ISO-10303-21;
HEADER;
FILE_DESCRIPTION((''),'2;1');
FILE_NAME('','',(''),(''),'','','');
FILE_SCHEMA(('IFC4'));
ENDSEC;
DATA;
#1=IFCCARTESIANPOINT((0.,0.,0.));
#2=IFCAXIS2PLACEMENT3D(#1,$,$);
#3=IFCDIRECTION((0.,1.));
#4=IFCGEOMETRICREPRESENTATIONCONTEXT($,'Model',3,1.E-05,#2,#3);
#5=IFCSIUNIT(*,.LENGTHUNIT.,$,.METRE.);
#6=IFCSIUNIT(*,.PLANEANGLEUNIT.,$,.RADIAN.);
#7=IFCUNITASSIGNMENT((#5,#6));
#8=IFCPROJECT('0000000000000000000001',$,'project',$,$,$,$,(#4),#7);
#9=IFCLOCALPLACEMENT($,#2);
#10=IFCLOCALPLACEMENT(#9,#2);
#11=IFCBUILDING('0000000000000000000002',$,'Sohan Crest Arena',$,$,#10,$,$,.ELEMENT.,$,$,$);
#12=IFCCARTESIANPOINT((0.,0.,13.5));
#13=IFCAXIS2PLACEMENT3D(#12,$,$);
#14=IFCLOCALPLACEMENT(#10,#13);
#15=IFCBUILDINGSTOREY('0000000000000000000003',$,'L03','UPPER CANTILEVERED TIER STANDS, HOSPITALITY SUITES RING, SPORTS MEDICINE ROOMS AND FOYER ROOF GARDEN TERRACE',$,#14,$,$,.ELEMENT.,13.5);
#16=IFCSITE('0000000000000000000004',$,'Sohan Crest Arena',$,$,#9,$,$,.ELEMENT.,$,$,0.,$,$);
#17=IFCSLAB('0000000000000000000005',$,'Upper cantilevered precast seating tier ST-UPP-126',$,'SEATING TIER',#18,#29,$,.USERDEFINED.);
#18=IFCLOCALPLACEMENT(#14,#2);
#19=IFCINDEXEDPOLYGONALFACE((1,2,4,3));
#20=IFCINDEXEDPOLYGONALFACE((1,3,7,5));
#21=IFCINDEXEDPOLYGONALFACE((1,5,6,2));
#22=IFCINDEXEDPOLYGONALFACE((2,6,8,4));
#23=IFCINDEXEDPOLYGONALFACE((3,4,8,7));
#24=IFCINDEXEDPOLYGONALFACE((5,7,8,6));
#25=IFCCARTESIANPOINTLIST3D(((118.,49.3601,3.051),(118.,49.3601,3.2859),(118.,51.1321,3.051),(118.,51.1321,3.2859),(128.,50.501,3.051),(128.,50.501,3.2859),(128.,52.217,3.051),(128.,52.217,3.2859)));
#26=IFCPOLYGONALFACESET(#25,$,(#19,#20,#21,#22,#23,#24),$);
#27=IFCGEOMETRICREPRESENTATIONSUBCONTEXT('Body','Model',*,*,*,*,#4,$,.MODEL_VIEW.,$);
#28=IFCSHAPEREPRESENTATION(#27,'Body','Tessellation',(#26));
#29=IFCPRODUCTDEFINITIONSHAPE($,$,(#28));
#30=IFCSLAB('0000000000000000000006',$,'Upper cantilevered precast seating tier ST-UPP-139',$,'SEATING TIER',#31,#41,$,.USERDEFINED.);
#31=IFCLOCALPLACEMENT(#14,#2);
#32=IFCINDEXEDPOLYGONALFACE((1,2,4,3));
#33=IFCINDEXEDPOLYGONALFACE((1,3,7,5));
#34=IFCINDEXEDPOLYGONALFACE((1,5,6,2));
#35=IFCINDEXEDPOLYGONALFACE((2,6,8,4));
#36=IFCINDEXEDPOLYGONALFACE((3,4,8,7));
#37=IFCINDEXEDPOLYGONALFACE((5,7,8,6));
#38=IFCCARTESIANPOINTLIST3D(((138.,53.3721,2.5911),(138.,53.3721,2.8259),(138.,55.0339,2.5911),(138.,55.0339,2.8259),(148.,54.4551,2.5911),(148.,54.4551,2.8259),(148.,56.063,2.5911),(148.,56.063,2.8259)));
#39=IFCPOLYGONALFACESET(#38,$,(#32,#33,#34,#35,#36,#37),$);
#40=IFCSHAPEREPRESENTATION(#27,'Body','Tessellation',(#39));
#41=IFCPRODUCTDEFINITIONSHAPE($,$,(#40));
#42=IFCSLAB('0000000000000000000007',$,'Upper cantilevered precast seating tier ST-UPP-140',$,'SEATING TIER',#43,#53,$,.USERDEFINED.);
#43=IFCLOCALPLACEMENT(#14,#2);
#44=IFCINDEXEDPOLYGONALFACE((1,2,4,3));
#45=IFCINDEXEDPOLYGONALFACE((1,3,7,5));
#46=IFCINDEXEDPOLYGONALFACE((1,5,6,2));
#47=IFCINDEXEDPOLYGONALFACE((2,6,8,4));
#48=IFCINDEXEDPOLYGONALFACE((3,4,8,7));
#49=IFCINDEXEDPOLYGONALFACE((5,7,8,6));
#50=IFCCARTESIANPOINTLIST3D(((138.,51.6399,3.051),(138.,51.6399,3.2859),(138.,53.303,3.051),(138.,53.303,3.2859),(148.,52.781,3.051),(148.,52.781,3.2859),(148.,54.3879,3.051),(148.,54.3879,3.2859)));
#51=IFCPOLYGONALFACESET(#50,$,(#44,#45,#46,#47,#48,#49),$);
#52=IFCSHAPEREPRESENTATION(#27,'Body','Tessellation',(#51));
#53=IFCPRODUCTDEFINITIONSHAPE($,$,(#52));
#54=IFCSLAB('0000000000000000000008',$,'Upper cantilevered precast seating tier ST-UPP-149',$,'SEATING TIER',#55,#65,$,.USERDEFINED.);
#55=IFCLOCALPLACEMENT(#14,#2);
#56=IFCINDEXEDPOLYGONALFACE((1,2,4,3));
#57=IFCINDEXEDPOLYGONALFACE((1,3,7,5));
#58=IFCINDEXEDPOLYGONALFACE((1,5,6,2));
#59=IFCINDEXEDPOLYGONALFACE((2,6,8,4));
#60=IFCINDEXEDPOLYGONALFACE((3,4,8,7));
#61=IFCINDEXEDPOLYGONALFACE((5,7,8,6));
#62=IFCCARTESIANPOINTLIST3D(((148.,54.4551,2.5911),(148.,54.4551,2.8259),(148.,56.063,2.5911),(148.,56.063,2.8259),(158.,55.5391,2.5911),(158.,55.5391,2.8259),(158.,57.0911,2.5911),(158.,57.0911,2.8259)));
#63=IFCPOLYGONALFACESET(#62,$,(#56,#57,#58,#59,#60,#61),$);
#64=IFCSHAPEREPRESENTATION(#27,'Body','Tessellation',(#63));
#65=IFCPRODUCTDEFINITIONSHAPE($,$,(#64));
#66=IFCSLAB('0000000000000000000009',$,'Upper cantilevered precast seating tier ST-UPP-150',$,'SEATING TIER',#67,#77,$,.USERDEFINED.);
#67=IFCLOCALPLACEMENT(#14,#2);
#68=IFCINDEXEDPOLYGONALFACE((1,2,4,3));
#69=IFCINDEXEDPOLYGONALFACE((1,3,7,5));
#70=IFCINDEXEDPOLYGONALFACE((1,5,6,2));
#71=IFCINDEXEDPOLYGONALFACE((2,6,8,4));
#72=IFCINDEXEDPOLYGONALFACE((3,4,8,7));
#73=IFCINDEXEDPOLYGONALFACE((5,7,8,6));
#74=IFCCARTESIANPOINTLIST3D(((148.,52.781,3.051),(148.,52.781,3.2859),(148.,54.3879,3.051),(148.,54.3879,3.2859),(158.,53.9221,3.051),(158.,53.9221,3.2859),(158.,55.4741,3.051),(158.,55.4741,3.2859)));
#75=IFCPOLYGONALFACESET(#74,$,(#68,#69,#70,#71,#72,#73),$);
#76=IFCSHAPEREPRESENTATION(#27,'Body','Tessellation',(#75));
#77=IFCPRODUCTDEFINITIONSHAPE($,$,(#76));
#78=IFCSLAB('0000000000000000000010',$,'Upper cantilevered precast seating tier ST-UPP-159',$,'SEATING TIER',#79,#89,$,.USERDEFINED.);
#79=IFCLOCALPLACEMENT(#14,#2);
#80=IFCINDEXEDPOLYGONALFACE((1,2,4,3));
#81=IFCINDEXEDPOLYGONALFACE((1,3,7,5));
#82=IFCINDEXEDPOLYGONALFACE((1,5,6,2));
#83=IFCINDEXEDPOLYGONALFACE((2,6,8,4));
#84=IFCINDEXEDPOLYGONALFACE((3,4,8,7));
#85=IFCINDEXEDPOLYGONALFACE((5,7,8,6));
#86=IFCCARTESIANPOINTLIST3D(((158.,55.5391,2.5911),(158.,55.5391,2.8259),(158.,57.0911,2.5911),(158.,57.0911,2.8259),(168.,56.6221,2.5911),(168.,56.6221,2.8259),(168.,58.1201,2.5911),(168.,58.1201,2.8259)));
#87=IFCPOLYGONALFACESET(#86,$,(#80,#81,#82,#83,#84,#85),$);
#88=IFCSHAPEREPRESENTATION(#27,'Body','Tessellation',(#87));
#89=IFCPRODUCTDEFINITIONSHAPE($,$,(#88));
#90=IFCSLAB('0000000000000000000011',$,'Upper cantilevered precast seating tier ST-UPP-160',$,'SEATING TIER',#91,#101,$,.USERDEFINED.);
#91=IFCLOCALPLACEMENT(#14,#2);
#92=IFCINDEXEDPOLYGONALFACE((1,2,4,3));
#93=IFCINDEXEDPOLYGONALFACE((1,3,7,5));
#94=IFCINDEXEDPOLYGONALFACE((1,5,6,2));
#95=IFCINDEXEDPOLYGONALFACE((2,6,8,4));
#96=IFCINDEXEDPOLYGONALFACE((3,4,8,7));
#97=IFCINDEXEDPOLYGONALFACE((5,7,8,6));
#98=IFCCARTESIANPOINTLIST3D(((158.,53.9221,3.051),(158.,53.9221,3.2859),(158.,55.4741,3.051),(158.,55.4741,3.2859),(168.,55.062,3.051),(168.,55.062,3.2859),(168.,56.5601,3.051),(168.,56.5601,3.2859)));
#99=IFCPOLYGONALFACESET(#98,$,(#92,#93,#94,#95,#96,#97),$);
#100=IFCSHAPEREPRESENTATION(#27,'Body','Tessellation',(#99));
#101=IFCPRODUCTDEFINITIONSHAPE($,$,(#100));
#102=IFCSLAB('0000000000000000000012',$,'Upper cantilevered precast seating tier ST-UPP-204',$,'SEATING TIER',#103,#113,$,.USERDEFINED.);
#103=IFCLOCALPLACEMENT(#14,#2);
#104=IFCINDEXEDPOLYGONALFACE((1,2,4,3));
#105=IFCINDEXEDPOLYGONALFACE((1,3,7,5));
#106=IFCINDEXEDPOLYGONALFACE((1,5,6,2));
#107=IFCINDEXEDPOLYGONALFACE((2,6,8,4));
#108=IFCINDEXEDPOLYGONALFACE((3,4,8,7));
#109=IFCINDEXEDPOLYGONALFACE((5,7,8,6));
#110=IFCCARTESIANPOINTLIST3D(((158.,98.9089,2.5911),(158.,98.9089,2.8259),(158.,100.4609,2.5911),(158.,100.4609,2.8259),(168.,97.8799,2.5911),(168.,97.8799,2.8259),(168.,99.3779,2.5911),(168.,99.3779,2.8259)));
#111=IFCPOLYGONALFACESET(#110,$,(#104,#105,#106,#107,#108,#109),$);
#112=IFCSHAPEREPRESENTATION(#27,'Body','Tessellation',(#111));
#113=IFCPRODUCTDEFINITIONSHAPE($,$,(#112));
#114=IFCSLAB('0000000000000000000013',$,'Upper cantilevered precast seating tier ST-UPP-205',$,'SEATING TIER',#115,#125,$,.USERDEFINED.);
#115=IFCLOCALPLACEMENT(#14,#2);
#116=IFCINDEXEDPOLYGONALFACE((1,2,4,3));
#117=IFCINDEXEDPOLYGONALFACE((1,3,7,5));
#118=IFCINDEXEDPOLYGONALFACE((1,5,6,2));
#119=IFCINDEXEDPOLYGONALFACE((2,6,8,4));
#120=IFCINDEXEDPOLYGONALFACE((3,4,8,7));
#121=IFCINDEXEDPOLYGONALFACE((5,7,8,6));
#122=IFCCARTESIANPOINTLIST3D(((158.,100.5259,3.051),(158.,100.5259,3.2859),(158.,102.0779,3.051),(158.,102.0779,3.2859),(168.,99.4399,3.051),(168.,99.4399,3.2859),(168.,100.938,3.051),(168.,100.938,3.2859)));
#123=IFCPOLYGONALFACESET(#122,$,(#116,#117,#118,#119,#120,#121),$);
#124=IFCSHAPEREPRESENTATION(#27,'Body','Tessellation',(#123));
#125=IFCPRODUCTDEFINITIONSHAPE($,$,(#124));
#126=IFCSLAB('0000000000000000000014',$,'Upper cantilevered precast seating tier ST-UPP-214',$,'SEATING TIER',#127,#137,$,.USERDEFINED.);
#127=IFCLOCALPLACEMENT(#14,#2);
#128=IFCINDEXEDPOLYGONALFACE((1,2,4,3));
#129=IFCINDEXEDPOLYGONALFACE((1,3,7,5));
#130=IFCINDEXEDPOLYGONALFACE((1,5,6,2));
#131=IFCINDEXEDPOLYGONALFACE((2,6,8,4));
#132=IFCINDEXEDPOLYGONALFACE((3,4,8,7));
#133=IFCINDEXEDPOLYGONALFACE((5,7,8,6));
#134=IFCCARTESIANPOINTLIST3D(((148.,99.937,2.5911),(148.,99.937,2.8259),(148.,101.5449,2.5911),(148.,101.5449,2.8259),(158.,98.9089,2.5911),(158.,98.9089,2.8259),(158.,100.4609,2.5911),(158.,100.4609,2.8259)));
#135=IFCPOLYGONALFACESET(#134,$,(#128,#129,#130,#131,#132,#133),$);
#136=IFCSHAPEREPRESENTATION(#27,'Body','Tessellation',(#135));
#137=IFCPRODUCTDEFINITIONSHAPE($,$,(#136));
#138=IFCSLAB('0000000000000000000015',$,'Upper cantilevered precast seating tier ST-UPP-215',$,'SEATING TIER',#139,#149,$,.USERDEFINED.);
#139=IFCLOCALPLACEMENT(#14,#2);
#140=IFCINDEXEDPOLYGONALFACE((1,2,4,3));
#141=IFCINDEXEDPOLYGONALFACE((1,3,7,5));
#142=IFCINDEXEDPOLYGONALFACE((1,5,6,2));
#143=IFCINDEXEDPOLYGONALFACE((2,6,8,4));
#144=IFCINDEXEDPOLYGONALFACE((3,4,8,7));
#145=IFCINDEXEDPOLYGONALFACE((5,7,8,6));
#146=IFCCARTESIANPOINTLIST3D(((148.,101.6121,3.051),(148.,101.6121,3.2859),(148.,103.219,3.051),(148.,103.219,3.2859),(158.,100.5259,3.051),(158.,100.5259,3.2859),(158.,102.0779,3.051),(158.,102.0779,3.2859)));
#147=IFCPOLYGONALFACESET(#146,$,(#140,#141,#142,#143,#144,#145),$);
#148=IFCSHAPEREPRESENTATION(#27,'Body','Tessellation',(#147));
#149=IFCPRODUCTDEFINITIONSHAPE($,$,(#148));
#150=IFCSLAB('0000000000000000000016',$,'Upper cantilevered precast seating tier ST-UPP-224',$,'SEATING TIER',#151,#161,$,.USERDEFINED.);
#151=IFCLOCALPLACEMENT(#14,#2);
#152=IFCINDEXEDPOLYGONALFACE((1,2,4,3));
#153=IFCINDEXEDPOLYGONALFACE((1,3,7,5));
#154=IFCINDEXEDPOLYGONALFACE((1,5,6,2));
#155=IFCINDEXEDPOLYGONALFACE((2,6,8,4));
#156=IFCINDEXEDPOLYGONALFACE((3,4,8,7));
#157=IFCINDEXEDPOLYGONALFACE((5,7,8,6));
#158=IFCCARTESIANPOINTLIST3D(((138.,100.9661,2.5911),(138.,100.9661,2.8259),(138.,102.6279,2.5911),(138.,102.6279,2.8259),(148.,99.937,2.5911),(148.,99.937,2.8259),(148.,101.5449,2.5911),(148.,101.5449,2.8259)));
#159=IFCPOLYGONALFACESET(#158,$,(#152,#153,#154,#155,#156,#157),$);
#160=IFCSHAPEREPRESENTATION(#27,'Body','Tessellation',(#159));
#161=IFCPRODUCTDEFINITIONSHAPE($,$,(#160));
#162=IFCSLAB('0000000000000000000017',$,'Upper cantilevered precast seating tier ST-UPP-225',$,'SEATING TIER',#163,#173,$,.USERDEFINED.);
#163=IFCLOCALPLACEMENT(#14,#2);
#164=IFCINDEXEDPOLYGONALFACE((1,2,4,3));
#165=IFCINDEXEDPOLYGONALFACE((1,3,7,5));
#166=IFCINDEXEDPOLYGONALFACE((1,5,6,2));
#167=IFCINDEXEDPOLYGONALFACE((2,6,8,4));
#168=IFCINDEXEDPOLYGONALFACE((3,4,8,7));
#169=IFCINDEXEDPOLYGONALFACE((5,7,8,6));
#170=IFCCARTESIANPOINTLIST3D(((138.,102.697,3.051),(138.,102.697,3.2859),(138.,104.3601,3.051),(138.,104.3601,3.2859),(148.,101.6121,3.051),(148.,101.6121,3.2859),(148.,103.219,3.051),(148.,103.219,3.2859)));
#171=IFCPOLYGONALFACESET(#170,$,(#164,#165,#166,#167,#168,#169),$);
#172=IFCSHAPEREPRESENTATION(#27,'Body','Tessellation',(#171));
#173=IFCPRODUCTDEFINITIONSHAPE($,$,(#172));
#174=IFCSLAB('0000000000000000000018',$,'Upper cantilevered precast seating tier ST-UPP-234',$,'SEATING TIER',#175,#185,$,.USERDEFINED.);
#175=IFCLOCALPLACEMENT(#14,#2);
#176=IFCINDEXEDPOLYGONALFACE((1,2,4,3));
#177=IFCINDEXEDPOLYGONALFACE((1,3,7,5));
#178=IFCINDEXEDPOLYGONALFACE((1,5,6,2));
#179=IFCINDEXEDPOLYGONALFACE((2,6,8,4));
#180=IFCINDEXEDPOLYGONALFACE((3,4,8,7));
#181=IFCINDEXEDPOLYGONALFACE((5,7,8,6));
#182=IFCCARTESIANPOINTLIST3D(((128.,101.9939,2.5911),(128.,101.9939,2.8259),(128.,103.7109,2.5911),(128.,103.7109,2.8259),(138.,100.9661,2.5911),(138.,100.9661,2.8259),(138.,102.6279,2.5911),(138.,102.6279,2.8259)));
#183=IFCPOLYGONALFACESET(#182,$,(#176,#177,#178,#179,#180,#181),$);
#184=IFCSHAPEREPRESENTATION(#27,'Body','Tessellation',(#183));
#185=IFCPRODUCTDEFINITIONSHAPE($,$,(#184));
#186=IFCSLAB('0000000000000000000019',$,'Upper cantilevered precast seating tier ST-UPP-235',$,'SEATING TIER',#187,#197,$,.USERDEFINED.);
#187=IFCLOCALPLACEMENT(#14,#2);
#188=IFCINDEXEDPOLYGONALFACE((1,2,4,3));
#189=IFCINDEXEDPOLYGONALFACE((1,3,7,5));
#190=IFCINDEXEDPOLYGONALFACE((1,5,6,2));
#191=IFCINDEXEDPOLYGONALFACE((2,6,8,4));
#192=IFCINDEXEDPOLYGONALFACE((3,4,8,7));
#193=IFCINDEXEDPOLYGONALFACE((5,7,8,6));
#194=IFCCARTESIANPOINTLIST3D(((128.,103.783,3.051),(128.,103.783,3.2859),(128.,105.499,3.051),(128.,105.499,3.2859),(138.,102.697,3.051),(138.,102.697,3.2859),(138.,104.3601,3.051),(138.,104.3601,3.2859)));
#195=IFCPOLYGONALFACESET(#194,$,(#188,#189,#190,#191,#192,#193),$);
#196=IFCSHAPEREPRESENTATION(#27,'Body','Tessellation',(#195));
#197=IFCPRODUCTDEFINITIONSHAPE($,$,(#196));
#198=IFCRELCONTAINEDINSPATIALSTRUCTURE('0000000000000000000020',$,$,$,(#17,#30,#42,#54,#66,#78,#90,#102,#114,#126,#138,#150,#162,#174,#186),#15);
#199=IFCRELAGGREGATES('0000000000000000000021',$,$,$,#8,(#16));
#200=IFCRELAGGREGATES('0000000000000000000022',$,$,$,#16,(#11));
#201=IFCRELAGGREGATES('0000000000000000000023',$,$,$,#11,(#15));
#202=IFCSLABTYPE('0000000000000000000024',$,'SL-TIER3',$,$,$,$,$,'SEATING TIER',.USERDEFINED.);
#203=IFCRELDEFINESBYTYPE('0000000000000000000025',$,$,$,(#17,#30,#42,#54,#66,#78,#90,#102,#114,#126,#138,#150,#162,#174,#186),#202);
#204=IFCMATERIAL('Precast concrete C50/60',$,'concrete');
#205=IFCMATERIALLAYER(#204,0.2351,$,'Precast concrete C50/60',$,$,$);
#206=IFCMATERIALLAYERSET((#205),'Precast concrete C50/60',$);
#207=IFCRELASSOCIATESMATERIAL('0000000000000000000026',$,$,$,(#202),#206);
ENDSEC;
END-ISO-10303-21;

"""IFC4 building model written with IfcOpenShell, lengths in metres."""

from ifc_helpers import new_model, si_unit, direction, frame, origin, place, context, subcontext, project, spatial, polyline, outline, extrude, material, layer, layer_set, type_object, element, save


model = new_model("IFC4")

# Units and contexts
model_context = context("Model", 3, precision=1e-05, world=origin(), true_north=direction((0.0, 1.0)))
body_context = subcontext(model_context, "Body", "Model", "MODEL_VIEW")
ifc_project = project(units=[si_unit("LENGTHUNIT", "METRE"), si_unit("PLANEANGLEUNIT", "RADIAN")], contexts=[model_context])

# Site, building, storey
site_placement = place(None, origin())
site = spatial("IfcSite", under=ifc_project, at=site_placement, Name="Sohan Crest Arena", CompositionType="ELEMENT", RefElevation=0.0)
building_placement = place(site_placement, origin())
building = spatial("IfcBuilding", under=site, at=building_placement, Name="Sohan Crest Arena", CompositionType="ELEMENT")
storey_placement = place(building_placement, frame((0.0, 0.0, 13.5)))
storey = spatial("IfcBuildingStorey", under=building, at=storey_placement, Name="L03", Description="UPPER CANTILEVERED TIER STANDS, HOSPITALITY SUITES RING, SPORTS MEDICINE ROOMS AND FOYER ROOF GARDEN TERRACE", CompositionType="ELEMENT", Elevation=13.5)

# Slabs
ifc_material_1 = material(Name="Precast concrete C50/60", Category="concrete")
ifc_layer_1 = layer(ifc_material_1, 0.2351, Name="Precast concrete C50/60")
ifc_layer_set_1 = layer_set([ifc_layer_1], Name="Precast concrete C50/60")
slab_type_1 = type_object("IfcSlabType", Name="SL-TIER3", ElementType="SEATING TIER", PredefinedType="USERDEFINED", material=ifc_layer_set_1)
slab_1_placement = place(storey_placement, frame((0.0, 0.0, 3.051)))
element("IfcSlab", 1, at=slab_1_placement, inside=storey, type_object=slab_type_1, Name="Upper cantilevered precast seating tier ST-UPP-126", ObjectType="SEATING TIER", PredefinedType="USERDEFINED", context=body_context, shape_type="SweptSolid", body=[
    extrude(outline(polyline([(118.0, 51.1321), (128.0, 52.217), (128.0, 50.501), (118.0, 49.3601), (118.0, 51.1321)])), origin(), (0.0, 0.0, 1.0), 0.2349),
])
slab_2_placement = place(storey_placement, frame((0.0, 0.0, 2.5911)))
element("IfcSlab", 2, at=slab_2_placement, inside=storey, type_object=slab_type_1, Name="Upper cantilevered precast seating tier ST-UPP-139", ObjectType="SEATING TIER", PredefinedType="USERDEFINED", context=body_context, shape_type="SweptSolid", body=[
    extrude(outline(polyline([(138.0, 55.0339), (148.0, 56.063), (148.0, 54.4551), (138.0, 53.3721), (138.0, 55.0339)])), origin(), (0.0, 0.0, 1.0), 0.2349),
])
slab_3_placement = place(storey_placement, frame((0.0, 0.0, 3.051)))
element("IfcSlab", 3, at=slab_3_placement, inside=storey, type_object=slab_type_1, Name="Upper cantilevered precast seating tier ST-UPP-140", ObjectType="SEATING TIER", PredefinedType="USERDEFINED", context=body_context, shape_type="SweptSolid", body=[
    extrude(outline(polyline([(138.0, 53.303), (148.0, 54.3879), (148.0, 52.781), (138.0, 51.6399), (138.0, 53.303)])), origin(), (0.0, 0.0, 1.0), 0.2349),
])
slab_4_placement = place(storey_placement, frame((0.0, 0.0, 2.5911)))
element("IfcSlab", 4, at=slab_4_placement, inside=storey, type_object=slab_type_1, Name="Upper cantilevered precast seating tier ST-UPP-149", ObjectType="SEATING TIER", PredefinedType="USERDEFINED", context=body_context, shape_type="SweptSolid", body=[
    extrude(outline(polyline([(148.0, 56.063), (158.0, 57.0911), (158.0, 55.5391), (148.0, 54.4551), (148.0, 56.063)])), origin(), (0.0, 0.0, 1.0), 0.2349),
])
slab_5_placement = place(storey_placement, frame((0.0, 0.0, 3.051)))
element("IfcSlab", 5, at=slab_5_placement, inside=storey, type_object=slab_type_1, Name="Upper cantilevered precast seating tier ST-UPP-150", ObjectType="SEATING TIER", PredefinedType="USERDEFINED", context=body_context, shape_type="SweptSolid", body=[
    extrude(outline(polyline([(148.0, 54.3879), (158.0, 55.4741), (158.0, 53.9221), (148.0, 52.781), (148.0, 54.3879)])), origin(), (0.0, 0.0, 1.0), 0.2349),
])
slab_6_placement = place(storey_placement, frame((0.0, 0.0, 2.5911)))
element("IfcSlab", 6, at=slab_6_placement, inside=storey, type_object=slab_type_1, Name="Upper cantilevered precast seating tier ST-UPP-159", ObjectType="SEATING TIER", PredefinedType="USERDEFINED", context=body_context, shape_type="SweptSolid", body=[
    extrude(outline(polyline([(158.0, 57.0911), (168.0, 58.1201), (168.0, 56.6221), (158.0, 55.5391), (158.0, 57.0911)])), origin(), (0.0, 0.0, 1.0), 0.2349),
])
slab_7_placement = place(storey_placement, frame((0.0, 0.0, 3.051)))
element("IfcSlab", 7, at=slab_7_placement, inside=storey, type_object=slab_type_1, Name="Upper cantilevered precast seating tier ST-UPP-160", ObjectType="SEATING TIER", PredefinedType="USERDEFINED", context=body_context, shape_type="SweptSolid", body=[
    extrude(outline(polyline([(158.0, 55.4741), (168.0, 56.5601), (168.0, 55.062), (158.0, 53.9221), (158.0, 55.4741)])), origin(), (0.0, 0.0, 1.0), 0.2349),
])
slab_8_placement = place(storey_placement, frame((0.0, 0.0, 2.5911)))
element("IfcSlab", 8, at=slab_8_placement, inside=storey, type_object=slab_type_1, Name="Upper cantilevered precast seating tier ST-UPP-204", ObjectType="SEATING TIER", PredefinedType="USERDEFINED", context=body_context, shape_type="SweptSolid", body=[
    extrude(outline(polyline([(168.0, 97.8799), (158.0, 98.9089), (158.0, 100.4609), (168.0, 99.3779), (168.0, 97.8799)])), origin(), (0.0, 0.0, 1.0), 0.2349),
])
slab_9_placement = place(storey_placement, frame((0.0, 0.0, 3.051)))
element("IfcSlab", 9, at=slab_9_placement, inside=storey, type_object=slab_type_1, Name="Upper cantilevered precast seating tier ST-UPP-205", ObjectType="SEATING TIER", PredefinedType="USERDEFINED", context=body_context, shape_type="SweptSolid", body=[
    extrude(outline(polyline([(168.0, 99.4399), (158.0, 100.5259), (158.0, 102.0779), (168.0, 100.938), (168.0, 99.4399)])), origin(), (0.0, 0.0, 1.0), 0.2349),
])
slab_10_placement = place(storey_placement, frame((0.0, 0.0, 2.5911)))
element("IfcSlab", 10, at=slab_10_placement, inside=storey, type_object=slab_type_1, Name="Upper cantilevered precast seating tier ST-UPP-214", ObjectType="SEATING TIER", PredefinedType="USERDEFINED", context=body_context, shape_type="SweptSolid", body=[
    extrude(outline(polyline([(158.0, 98.9089), (148.0, 99.937), (148.0, 101.5449), (158.0, 100.4609), (158.0, 98.9089)])), origin(), (0.0, 0.0, 1.0), 0.2349),
])
slab_11_placement = place(storey_placement, frame((0.0, 0.0, 3.051)))
element("IfcSlab", 11, at=slab_11_placement, inside=storey, type_object=slab_type_1, Name="Upper cantilevered precast seating tier ST-UPP-215", ObjectType="SEATING TIER", PredefinedType="USERDEFINED", context=body_context, shape_type="SweptSolid", body=[
    extrude(outline(polyline([(158.0, 100.5259), (148.0, 101.6121), (148.0, 103.219), (158.0, 102.0779), (158.0, 100.5259)])), origin(), (0.0, 0.0, 1.0), 0.2349),
])
slab_12_placement = place(storey_placement, frame((0.0, 0.0, 2.5911)))
element("IfcSlab", 12, at=slab_12_placement, inside=storey, type_object=slab_type_1, Name="Upper cantilevered precast seating tier ST-UPP-224", ObjectType="SEATING TIER", PredefinedType="USERDEFINED", context=body_context, shape_type="SweptSolid", body=[
    extrude(outline(polyline([(148.0, 99.937), (138.0, 100.9661), (138.0, 102.6279), (148.0, 101.5449), (148.0, 99.937)])), origin(), (0.0, 0.0, 1.0), 0.2349),
])
slab_13_placement = place(storey_placement, frame((0.0, 0.0, 3.051)))
element("IfcSlab", 13, at=slab_13_placement, inside=storey, type_object=slab_type_1, Name="Upper cantilevered precast seating tier ST-UPP-225", ObjectType="SEATING TIER", PredefinedType="USERDEFINED", context=body_context, shape_type="SweptSolid", body=[
    extrude(outline(polyline([(148.0, 101.6121), (138.0, 102.697), (138.0, 104.3601), (148.0, 103.219), (148.0, 101.6121)])), origin(), (0.0, 0.0, 1.0), 0.2349),
])
slab_14_placement = place(storey_placement, frame((0.0, 0.0, 2.5911)))
element("IfcSlab", 14, at=slab_14_placement, inside=storey, type_object=slab_type_1, Name="Upper cantilevered precast seating tier ST-UPP-234", ObjectType="SEATING TIER", PredefinedType="USERDEFINED", context=body_context, shape_type="SweptSolid", body=[
    extrude(outline(polyline([(138.0, 100.9661), (128.0, 101.9939), (128.0, 103.7109), (138.0, 102.6279), (138.0, 100.9661)])), origin(), (0.0, 0.0, 1.0), 0.2349),
])
slab_15_placement = place(storey_placement, frame((0.0, 0.0, 3.051)))
element("IfcSlab", 15, at=slab_15_placement, inside=storey, type_object=slab_type_1, Name="Upper cantilevered precast seating tier ST-UPP-235", ObjectType="SEATING TIER", PredefinedType="USERDEFINED", context=body_context, shape_type="SweptSolid", body=[
    extrude(outline(polyline([(138.0, 102.697), (128.0, 103.783), (128.0, 105.499), (138.0, 104.3601), (138.0, 102.697)])), origin(), (0.0, 0.0, 1.0), 0.2349),
])

save(model, "model.ifc")
